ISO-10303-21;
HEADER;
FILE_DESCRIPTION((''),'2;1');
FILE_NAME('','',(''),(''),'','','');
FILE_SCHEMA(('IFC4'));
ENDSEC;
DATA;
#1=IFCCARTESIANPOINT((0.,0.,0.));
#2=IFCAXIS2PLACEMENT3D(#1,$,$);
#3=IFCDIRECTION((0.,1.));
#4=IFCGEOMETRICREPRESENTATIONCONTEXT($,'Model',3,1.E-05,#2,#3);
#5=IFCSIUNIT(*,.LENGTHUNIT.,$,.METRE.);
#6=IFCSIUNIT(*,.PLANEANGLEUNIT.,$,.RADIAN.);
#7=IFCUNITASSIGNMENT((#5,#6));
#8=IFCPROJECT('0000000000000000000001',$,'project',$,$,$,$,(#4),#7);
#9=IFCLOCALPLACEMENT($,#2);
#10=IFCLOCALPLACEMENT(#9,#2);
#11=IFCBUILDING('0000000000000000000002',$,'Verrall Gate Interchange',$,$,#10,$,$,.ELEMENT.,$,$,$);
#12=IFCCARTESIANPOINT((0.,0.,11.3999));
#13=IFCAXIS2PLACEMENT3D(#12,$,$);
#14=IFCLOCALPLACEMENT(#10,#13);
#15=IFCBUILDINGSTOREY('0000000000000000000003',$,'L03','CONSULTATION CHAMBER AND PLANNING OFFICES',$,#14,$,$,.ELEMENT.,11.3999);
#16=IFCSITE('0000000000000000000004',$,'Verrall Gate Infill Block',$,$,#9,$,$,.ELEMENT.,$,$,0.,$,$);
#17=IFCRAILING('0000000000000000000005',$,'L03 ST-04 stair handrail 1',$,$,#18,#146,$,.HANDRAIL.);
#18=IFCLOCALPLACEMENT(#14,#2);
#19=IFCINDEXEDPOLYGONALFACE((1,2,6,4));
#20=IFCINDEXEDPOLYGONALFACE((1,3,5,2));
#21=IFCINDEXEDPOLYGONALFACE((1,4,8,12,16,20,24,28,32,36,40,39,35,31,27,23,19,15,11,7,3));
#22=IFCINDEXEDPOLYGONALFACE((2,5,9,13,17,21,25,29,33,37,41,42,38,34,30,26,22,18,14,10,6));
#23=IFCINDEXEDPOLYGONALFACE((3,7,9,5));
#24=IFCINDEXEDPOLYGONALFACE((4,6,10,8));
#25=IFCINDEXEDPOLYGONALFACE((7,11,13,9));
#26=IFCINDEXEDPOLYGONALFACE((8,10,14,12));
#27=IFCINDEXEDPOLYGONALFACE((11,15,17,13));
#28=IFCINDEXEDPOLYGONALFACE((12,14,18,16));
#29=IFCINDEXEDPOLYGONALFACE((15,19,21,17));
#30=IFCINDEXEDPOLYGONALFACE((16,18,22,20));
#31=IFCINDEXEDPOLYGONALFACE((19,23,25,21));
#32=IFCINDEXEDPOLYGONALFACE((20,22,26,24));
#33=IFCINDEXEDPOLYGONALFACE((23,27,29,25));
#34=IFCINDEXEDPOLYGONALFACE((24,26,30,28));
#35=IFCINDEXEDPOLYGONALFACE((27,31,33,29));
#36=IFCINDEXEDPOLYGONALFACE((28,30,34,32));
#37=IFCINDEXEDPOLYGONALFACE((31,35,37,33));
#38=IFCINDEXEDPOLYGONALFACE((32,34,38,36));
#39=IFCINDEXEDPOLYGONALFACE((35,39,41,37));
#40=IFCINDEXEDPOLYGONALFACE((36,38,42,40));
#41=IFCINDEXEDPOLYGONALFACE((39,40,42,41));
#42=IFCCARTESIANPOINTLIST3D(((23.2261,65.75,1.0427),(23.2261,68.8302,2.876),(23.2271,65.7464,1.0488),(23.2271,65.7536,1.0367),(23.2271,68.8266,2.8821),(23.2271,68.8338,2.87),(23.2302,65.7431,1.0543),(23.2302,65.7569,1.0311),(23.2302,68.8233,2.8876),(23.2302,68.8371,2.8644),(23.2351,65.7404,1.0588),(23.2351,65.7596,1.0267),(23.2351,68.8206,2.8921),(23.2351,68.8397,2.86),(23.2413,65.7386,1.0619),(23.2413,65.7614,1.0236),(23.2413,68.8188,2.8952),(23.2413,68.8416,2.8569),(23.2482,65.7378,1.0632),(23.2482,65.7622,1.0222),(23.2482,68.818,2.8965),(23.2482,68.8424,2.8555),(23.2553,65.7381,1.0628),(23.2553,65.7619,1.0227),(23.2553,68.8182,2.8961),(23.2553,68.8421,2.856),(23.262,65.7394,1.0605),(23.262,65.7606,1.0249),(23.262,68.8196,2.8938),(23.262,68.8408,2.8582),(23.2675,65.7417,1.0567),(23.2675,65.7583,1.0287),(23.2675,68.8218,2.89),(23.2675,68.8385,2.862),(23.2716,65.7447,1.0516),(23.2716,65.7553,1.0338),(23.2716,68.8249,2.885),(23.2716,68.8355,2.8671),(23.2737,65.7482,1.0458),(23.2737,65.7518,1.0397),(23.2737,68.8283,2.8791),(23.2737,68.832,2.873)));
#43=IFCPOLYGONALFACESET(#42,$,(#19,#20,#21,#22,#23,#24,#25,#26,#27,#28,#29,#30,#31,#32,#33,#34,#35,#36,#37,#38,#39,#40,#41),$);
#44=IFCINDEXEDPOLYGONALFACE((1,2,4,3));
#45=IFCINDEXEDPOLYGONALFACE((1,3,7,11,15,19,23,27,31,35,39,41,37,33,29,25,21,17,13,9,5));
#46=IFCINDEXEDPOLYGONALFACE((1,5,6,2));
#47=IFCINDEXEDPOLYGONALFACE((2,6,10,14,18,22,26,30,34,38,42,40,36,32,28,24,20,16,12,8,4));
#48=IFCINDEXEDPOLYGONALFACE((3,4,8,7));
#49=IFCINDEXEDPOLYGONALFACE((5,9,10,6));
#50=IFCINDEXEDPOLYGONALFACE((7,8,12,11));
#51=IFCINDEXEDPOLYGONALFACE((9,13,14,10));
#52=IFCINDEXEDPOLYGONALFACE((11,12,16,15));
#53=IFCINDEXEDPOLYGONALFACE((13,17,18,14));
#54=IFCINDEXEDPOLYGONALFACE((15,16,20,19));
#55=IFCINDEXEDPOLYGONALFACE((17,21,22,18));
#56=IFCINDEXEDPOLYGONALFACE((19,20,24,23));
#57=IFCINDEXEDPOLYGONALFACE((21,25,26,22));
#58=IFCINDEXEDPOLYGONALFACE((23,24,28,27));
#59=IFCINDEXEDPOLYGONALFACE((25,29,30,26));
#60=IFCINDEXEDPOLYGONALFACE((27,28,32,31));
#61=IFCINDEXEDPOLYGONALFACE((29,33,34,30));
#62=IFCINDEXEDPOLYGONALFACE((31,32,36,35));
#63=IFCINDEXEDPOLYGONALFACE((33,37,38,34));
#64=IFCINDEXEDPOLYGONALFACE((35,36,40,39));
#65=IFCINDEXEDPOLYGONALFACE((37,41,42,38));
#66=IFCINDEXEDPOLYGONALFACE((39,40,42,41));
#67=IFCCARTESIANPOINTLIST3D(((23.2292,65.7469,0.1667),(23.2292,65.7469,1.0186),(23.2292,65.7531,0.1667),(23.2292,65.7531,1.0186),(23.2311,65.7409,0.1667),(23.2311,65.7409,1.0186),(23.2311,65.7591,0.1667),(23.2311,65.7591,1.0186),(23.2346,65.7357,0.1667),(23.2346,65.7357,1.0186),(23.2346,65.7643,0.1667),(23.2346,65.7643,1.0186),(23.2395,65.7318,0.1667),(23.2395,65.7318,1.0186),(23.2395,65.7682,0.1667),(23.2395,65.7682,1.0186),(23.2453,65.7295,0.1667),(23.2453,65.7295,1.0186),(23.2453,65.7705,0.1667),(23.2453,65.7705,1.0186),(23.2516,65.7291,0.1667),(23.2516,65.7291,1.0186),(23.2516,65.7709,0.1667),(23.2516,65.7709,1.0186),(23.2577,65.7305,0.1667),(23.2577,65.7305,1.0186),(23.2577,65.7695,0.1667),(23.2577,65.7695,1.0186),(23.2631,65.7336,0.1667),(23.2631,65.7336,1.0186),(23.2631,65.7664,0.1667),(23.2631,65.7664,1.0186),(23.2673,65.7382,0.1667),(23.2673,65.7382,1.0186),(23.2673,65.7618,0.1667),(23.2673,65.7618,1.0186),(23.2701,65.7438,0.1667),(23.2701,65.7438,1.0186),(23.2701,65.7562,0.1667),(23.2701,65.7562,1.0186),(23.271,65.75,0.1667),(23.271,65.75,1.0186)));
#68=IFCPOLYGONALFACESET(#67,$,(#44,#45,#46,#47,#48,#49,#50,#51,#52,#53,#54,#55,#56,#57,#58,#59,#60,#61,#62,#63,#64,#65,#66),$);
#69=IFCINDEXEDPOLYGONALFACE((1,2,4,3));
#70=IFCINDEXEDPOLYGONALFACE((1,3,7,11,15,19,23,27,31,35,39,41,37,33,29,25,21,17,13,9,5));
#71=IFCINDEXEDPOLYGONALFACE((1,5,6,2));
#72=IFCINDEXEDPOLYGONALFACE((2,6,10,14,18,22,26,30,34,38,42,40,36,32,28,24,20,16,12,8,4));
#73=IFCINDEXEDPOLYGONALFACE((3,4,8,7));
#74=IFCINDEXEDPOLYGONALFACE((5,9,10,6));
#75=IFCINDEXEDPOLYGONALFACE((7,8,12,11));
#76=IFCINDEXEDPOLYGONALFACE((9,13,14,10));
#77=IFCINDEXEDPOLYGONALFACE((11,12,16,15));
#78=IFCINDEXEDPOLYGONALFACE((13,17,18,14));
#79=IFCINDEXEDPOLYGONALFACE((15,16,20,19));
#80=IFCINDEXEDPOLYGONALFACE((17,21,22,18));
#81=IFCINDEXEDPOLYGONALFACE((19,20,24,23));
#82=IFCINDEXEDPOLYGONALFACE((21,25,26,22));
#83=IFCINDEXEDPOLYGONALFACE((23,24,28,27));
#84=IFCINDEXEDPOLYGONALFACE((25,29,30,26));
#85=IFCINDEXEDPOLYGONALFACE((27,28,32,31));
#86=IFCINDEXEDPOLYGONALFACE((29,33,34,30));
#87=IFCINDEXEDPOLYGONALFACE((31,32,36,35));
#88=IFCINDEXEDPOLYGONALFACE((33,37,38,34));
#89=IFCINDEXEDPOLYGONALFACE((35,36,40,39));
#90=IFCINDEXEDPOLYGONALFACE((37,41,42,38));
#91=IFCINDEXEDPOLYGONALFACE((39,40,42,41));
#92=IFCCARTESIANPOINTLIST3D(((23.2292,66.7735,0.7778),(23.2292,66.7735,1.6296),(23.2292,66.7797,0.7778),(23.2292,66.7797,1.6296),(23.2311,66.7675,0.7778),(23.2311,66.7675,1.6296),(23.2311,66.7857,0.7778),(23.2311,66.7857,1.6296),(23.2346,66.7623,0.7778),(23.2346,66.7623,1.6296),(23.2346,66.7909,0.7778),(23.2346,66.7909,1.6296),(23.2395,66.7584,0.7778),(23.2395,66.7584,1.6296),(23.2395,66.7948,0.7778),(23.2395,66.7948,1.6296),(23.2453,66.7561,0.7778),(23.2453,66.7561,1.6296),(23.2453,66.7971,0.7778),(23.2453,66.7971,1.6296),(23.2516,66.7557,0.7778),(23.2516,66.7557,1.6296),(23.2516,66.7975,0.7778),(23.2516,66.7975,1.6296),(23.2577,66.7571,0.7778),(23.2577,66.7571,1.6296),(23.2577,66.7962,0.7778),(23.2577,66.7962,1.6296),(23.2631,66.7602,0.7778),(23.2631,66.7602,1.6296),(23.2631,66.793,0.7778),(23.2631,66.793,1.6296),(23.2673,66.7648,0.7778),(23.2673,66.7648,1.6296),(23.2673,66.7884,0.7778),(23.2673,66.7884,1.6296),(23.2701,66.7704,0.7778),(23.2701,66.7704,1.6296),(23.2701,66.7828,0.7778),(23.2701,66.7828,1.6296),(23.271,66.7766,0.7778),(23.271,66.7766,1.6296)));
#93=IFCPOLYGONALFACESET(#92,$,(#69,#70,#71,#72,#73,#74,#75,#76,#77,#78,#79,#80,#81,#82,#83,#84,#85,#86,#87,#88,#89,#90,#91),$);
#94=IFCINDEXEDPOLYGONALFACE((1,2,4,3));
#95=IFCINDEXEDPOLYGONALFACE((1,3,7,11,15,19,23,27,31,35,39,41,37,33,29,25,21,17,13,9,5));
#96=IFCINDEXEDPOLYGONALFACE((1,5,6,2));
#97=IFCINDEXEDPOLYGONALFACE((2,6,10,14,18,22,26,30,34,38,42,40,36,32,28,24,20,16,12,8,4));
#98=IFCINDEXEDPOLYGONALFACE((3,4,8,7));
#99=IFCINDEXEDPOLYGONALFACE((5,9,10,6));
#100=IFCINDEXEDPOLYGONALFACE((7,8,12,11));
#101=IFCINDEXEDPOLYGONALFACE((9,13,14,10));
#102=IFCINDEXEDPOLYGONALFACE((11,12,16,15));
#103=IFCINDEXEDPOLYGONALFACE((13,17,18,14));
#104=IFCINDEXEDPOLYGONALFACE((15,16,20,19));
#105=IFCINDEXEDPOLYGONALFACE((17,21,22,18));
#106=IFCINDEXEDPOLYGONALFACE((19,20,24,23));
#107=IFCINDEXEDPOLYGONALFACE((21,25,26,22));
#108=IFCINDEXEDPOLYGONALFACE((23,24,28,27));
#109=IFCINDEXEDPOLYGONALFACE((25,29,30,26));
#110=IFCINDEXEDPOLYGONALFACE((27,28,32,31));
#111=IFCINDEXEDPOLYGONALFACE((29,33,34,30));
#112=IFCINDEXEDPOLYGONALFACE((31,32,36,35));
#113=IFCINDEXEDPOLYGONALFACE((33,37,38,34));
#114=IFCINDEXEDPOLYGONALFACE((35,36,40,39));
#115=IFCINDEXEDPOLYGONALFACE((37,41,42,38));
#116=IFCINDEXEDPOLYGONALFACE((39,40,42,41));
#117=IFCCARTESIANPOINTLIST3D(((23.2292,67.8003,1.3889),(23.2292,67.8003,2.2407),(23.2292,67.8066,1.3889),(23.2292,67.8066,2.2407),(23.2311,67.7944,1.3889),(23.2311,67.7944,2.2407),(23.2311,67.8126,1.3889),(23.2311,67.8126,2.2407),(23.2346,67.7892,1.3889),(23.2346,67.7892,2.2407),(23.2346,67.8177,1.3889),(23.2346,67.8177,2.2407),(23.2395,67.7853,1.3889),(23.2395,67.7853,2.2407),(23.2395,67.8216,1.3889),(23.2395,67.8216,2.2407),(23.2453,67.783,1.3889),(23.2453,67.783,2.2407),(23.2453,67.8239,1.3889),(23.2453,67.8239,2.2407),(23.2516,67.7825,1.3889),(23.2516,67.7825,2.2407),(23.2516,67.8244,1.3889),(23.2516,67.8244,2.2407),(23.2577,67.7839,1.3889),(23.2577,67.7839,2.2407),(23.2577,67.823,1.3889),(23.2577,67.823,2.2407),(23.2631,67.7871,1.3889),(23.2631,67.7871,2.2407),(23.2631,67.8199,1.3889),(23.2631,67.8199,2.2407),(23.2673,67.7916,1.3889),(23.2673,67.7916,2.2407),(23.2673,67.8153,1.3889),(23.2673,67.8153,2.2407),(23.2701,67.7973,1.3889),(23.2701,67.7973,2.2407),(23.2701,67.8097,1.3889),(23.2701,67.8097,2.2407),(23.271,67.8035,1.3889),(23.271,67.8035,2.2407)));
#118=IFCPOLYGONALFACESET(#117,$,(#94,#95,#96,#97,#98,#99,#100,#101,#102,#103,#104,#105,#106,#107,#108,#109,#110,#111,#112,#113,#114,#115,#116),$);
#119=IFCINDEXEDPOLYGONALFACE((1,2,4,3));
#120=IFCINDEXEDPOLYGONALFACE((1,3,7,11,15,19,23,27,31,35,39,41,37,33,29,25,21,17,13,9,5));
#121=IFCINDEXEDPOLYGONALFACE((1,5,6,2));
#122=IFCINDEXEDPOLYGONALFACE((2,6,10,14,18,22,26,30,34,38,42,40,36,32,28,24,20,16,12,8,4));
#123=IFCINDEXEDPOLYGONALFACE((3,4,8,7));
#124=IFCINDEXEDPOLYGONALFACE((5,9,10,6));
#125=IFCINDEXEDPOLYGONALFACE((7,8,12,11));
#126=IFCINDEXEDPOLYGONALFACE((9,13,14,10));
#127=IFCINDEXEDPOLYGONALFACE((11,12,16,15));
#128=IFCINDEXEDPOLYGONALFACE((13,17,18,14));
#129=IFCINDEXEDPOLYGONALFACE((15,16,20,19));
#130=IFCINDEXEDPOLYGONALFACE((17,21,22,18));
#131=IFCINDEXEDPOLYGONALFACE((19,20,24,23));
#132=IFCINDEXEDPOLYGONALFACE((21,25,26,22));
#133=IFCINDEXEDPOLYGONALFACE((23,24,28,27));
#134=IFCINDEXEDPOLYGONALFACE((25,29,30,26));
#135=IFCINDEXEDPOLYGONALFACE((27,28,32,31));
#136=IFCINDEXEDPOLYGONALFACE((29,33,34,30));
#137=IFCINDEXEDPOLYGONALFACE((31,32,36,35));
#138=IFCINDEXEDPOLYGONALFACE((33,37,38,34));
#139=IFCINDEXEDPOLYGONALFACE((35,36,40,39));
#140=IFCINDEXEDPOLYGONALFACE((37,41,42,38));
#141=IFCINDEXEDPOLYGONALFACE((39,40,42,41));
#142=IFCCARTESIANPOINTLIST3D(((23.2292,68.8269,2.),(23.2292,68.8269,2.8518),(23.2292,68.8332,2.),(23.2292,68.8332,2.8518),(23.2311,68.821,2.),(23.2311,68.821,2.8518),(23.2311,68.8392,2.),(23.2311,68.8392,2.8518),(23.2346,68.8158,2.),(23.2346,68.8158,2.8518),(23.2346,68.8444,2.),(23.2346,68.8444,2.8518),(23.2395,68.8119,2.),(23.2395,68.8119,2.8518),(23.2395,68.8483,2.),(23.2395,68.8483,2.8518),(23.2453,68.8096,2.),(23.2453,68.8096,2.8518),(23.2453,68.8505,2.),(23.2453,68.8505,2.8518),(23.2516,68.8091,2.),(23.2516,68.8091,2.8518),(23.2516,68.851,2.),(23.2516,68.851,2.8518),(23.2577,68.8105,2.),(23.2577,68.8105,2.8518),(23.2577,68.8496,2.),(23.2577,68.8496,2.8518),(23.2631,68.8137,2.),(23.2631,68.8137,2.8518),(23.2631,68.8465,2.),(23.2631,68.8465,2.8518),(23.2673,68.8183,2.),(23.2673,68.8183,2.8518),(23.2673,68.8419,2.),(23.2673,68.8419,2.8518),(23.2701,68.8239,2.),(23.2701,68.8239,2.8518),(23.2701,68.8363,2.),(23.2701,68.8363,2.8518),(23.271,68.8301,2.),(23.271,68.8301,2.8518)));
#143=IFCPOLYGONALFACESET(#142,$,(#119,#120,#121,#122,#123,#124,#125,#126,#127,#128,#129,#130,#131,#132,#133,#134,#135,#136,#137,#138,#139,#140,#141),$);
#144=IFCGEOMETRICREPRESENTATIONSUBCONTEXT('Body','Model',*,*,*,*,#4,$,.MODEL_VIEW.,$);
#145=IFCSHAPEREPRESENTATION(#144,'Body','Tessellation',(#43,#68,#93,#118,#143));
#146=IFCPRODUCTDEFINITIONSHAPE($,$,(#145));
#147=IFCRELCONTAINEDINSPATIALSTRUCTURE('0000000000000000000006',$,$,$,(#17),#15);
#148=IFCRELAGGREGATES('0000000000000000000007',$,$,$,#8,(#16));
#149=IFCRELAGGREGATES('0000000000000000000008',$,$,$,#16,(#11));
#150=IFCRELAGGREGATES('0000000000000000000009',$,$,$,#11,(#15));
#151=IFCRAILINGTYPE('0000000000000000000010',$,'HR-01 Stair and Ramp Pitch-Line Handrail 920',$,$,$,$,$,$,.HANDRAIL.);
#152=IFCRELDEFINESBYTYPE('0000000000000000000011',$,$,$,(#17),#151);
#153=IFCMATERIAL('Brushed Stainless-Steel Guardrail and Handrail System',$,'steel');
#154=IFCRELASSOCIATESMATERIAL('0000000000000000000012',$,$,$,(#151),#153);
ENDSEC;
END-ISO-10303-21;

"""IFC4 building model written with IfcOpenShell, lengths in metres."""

from ifc_helpers import new_model, si_unit, direction, frame, origin, origin_2d, place, context, subcontext, project, spatial, circle, extrude, material, type_object, element, save


model = new_model("IFC4")

# Units and contexts
model_context = context("Model", 3, precision=1e-05, world=origin(), true_north=direction((0.0, 1.0)))
body_context = subcontext(model_context, "Body", "Model", "MODEL_VIEW")
ifc_project = project(units=[si_unit("LENGTHUNIT", "METRE"), si_unit("PLANEANGLEUNIT", "RADIAN")], contexts=[model_context])

# Site, building, storey
site_placement = place(None, origin())
site = spatial("IfcSite", under=ifc_project, at=site_placement, Name="Verrall Gate Infill Block", CompositionType="ELEMENT", RefElevation=0.0)
building_placement = place(site_placement, origin())
building = spatial("IfcBuilding", under=site, at=building_placement, Name="Verrall Gate Interchange", CompositionType="ELEMENT")
storey_placement = place(building_placement, frame((0.0, 0.0, 11.3999)))
storey = spatial("IfcBuildingStorey", under=building, at=storey_placement, Name="L03", Description="CONSULTATION CHAMBER AND PLANNING OFFICES", CompositionType="ELEMENT", Elevation=11.3999)

# Railing
ifc_material_1 = material(Name="Brushed Stainless-Steel Guardrail and Handrail System", Category="steel")
railing_type = type_object("IfcRailingType", Name="HR-01 Stair and Ramp Pitch-Line Handrail 920", PredefinedType="HANDRAIL", material=ifc_material_1)
railing_placement = place(storey_placement, frame((23.25, 65.75, 0.1667)))
element("IfcRailing", 1, at=railing_placement, inside=storey, type_object=railing_type, Name="L03 ST-04 stair handrail 1", PredefinedType="HANDRAIL", context=body_context, shape_type="SweptSolid", body=[
    extrude(circle(Radius=0.0239, at=origin_2d()), frame((0.0, 0.0, 0.876), z_axis=(0.0, 0.859309, 0.511458), x_axis=(-1.0, 0.0, 0.0)), (0.0, 0.0, 1.0), 3.5845),
    extrude(circle(Radius=0.021, at=origin_2d()), origin(), (0.0, 0.0, 1.0), 0.8518),
    extrude(circle(Radius=0.021, at=origin_2d()), frame((0.0, 1.0266, 0.6111)), (0.0, 0.0, 1.0), 0.8518),
    extrude(circle(Radius=0.021, at=origin_2d()), frame((0.0, 2.0535, 1.2222)), (0.0, 0.0, 1.0), 0.8518),
    extrude(circle(Radius=0.021, at=origin_2d()), frame((0.0, 3.0801, 1.8333)), (0.0, 0.0, 1.0), 0.8518),
])

save(model, "model.ifc")
